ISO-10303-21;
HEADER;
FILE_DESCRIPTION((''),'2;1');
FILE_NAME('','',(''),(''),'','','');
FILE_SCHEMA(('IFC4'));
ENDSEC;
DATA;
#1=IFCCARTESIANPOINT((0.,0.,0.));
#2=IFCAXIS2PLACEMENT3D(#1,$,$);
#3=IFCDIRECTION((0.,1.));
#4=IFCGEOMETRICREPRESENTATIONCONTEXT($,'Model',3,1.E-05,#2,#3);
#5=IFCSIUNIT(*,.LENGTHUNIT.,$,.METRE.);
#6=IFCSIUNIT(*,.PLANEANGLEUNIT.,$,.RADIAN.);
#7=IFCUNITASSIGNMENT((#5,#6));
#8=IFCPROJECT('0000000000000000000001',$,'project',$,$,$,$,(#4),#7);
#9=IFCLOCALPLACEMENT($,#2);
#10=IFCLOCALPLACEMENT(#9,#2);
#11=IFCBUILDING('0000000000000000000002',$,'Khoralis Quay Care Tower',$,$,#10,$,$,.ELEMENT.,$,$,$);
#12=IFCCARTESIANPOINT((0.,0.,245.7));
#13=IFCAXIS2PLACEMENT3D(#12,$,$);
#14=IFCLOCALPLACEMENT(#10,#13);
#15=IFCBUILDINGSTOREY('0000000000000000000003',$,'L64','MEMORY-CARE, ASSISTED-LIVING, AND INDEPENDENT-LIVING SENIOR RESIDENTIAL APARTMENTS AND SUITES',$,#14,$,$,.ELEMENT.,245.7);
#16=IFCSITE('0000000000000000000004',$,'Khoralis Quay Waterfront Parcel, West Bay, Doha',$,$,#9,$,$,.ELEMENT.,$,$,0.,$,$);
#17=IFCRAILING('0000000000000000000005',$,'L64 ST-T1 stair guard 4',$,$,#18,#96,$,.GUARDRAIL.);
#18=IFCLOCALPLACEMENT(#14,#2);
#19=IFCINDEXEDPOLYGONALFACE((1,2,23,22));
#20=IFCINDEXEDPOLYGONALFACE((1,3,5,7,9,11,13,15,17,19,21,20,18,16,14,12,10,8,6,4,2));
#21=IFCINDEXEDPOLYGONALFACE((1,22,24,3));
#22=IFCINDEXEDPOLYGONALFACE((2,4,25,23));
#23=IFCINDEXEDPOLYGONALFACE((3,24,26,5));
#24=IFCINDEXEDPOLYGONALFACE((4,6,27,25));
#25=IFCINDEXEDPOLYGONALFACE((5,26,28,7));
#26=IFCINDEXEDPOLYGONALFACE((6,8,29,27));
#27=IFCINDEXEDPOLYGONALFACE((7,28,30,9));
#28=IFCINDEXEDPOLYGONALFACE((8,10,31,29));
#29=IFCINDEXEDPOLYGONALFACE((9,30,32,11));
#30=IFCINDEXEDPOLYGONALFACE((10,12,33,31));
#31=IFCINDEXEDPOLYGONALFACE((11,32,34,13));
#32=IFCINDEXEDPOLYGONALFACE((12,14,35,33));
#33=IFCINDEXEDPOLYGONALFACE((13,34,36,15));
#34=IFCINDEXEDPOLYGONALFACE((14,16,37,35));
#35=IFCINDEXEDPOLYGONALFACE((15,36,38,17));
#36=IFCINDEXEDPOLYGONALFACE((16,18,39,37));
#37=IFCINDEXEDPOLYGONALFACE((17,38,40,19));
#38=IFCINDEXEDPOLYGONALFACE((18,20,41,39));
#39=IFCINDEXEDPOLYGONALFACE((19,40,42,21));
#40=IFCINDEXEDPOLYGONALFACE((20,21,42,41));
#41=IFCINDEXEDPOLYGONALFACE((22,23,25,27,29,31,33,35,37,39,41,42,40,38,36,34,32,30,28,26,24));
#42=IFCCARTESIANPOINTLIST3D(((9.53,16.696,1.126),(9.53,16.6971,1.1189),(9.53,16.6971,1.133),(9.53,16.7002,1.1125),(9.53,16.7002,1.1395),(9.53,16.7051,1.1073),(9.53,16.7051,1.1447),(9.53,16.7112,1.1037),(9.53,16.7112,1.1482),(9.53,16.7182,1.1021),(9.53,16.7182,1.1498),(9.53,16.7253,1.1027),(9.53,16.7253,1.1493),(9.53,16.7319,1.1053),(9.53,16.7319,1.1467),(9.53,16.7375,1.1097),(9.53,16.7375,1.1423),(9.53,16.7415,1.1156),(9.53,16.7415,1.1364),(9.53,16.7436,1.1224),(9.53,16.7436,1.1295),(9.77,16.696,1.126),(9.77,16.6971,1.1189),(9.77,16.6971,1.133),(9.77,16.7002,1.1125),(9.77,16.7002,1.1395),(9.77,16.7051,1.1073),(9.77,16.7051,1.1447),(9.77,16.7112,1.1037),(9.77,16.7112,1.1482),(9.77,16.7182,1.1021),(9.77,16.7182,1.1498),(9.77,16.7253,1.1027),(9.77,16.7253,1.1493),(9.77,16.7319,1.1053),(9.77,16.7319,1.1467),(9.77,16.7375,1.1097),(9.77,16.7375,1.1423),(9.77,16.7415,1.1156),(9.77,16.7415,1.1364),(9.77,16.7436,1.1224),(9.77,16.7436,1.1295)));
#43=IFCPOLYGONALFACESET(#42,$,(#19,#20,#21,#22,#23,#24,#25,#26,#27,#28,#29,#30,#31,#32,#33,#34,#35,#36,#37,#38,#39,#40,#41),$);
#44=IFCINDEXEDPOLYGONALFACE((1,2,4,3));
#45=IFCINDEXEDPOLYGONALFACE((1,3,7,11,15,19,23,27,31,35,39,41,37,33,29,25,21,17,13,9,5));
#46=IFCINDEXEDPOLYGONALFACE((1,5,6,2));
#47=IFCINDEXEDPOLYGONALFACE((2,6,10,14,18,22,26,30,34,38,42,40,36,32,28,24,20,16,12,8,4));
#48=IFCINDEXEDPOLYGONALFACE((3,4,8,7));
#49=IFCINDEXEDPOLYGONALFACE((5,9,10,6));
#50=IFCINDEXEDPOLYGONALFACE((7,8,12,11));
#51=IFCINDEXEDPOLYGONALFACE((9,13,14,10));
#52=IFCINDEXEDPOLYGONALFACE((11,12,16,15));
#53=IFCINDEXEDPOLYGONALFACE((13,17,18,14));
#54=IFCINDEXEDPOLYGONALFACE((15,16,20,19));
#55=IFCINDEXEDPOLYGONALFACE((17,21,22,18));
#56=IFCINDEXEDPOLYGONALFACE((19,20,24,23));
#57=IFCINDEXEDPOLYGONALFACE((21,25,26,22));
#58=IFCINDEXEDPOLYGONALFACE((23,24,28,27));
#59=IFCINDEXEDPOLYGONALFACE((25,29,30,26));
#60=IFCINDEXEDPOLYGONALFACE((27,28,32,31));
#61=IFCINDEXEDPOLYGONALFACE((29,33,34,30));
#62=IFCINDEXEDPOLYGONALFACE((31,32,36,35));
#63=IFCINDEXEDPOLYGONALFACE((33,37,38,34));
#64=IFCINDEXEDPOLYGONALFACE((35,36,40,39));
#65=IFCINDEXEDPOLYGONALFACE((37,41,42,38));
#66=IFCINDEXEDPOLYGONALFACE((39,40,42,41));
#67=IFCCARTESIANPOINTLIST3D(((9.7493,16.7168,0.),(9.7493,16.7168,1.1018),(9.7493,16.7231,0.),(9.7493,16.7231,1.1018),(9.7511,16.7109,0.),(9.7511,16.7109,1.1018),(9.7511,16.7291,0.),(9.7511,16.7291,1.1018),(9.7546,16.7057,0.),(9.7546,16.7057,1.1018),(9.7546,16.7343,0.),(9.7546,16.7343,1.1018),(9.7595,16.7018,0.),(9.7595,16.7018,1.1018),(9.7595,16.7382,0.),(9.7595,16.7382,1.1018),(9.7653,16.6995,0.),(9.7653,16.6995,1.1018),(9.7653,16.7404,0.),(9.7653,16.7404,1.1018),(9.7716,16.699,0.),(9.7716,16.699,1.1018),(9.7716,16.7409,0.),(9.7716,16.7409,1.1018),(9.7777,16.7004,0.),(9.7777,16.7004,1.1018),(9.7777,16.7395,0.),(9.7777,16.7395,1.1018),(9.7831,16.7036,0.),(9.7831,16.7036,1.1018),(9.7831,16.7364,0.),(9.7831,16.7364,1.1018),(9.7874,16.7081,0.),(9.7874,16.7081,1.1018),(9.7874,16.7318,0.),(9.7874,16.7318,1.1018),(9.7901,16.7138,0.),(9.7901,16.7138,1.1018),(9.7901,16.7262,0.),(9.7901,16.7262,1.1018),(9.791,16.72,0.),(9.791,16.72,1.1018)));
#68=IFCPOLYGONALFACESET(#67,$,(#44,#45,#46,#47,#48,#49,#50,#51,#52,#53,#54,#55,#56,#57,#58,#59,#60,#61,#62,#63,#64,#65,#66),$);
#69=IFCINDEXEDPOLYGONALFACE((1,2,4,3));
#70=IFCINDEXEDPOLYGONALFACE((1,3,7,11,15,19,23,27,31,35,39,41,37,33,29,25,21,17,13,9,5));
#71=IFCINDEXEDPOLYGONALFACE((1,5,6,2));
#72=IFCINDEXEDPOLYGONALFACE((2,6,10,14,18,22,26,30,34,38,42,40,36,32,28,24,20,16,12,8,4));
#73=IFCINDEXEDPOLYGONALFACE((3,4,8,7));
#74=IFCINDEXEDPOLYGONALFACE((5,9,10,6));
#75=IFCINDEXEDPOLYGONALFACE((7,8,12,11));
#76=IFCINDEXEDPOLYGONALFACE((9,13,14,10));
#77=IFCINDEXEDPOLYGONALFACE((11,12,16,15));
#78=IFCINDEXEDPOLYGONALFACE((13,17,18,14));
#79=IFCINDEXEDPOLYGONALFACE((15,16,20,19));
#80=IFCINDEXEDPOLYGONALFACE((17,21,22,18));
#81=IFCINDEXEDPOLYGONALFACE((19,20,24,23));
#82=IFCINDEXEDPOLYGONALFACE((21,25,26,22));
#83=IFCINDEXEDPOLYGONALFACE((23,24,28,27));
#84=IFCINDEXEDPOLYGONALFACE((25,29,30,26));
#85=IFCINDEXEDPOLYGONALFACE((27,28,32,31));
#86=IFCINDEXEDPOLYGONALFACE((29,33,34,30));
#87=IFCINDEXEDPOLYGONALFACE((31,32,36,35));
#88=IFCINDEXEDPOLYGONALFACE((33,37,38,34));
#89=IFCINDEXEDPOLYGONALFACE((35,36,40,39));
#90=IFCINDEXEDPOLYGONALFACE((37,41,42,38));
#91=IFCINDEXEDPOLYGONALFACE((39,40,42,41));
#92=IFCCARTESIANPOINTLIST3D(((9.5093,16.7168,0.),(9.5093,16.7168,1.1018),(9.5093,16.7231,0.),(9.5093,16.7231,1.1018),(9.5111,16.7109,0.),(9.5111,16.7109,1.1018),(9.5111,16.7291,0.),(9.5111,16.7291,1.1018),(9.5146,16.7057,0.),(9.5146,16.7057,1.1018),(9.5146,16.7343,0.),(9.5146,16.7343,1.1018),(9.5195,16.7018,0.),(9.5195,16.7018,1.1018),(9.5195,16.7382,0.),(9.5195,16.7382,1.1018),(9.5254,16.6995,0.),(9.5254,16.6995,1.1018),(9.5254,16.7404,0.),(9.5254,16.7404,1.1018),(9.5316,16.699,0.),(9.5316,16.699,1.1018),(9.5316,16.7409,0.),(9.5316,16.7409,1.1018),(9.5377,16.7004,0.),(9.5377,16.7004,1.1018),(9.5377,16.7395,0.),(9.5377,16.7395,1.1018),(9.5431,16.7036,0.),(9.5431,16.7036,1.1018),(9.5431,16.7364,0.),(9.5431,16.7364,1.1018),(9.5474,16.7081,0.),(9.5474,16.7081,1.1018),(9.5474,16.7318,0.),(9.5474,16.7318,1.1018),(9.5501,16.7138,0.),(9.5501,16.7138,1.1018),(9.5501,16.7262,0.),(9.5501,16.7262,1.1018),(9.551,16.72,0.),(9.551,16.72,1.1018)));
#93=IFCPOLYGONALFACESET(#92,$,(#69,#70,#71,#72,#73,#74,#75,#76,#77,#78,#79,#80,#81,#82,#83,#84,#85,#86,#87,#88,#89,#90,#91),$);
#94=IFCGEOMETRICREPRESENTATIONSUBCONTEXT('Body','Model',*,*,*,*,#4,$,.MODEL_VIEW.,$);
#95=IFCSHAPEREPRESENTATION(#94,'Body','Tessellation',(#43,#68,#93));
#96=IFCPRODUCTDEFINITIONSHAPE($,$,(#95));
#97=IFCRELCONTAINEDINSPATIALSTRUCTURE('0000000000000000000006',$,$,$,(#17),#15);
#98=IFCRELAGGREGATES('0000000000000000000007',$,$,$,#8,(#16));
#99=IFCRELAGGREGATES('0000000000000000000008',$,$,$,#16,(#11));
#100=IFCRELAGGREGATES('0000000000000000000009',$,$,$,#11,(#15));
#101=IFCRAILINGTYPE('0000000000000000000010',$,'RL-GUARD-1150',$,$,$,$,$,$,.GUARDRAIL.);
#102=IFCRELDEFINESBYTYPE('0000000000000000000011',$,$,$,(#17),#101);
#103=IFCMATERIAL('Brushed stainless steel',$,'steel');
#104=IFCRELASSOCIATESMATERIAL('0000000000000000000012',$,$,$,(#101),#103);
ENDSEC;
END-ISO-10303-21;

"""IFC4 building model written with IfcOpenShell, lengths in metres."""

from ifc_helpers import new_model, si_unit, direction, frame, origin, origin_2d, place, context, subcontext, project, spatial, circle, extrude, material, type_object, element, save


model = new_model("IFC4")

# Units and contexts
model_context = context("Model", 3, precision=1e-05, world=origin(), true_north=direction((0.0, 1.0)))
body_context = subcontext(model_context, "Body", "Model", "MODEL_VIEW")
ifc_project = project(units=[si_unit("LENGTHUNIT", "METRE"), si_unit("PLANEANGLEUNIT", "RADIAN")], contexts=[model_context])

# Site, building, storey
site_placement = place(None, origin())
site = spatial("IfcSite", under=ifc_project, at=site_placement, Name="Khoralis Quay Waterfront Parcel, West Bay, Doha", CompositionType="ELEMENT", RefElevation=0.0)
building_placement = place(site_placement, origin())
building = spatial("IfcBuilding", under=site, at=building_placement, Name="Khoralis Quay Care Tower", CompositionType="ELEMENT")
storey_placement = place(building_placement, frame((0.0, 0.0, 245.7)))
storey = spatial("IfcBuildingStorey", under=building, at=storey_placement, Name="L64", Description="MEMORY-CARE, ASSISTED-LIVING, AND INDEPENDENT-LIVING SENIOR RESIDENTIAL APARTMENTS AND SUITES", CompositionType="ELEMENT", Elevation=245.7)

# Shared definitions
ifc_material_1 = material(Name="Brushed stainless steel", Category="steel")

# Railing
railing_type_1 = type_object("IfcRailingType", Name="RL-GUARD-1150", PredefinedType="GUARDRAIL", material=ifc_material_1)
railing_1_placement = place(storey_placement, frame((9.77, 16.72, 0.0)))
element("IfcRailing", 1, at=railing_1_placement, inside=storey, type_object=railing_type_1, Name="L64 ST-T1 stair guard 4", PredefinedType="GUARDRAIL", context=body_context, shape_type="SweptSolid", body=[
    extrude(circle(Radius=0.0239, at=origin_2d()), frame((0.0, 0.0, 1.126), z_axis=(-1.0, 0.0, 0.0), x_axis=(0.0, -1.0, 0.0)), (0.0, 0.0, 1.0), 0.24),
    extrude(circle(Radius=0.021, at=origin_2d()), origin(), (0.0, 0.0, 1.0), 1.1018),
    extrude(circle(Radius=0.021, at=origin_2d()), frame((-0.24, 0.0, 0.0)), (0.0, 0.0, 1.0), 1.1018),
])

save(model, "model.ifc")
